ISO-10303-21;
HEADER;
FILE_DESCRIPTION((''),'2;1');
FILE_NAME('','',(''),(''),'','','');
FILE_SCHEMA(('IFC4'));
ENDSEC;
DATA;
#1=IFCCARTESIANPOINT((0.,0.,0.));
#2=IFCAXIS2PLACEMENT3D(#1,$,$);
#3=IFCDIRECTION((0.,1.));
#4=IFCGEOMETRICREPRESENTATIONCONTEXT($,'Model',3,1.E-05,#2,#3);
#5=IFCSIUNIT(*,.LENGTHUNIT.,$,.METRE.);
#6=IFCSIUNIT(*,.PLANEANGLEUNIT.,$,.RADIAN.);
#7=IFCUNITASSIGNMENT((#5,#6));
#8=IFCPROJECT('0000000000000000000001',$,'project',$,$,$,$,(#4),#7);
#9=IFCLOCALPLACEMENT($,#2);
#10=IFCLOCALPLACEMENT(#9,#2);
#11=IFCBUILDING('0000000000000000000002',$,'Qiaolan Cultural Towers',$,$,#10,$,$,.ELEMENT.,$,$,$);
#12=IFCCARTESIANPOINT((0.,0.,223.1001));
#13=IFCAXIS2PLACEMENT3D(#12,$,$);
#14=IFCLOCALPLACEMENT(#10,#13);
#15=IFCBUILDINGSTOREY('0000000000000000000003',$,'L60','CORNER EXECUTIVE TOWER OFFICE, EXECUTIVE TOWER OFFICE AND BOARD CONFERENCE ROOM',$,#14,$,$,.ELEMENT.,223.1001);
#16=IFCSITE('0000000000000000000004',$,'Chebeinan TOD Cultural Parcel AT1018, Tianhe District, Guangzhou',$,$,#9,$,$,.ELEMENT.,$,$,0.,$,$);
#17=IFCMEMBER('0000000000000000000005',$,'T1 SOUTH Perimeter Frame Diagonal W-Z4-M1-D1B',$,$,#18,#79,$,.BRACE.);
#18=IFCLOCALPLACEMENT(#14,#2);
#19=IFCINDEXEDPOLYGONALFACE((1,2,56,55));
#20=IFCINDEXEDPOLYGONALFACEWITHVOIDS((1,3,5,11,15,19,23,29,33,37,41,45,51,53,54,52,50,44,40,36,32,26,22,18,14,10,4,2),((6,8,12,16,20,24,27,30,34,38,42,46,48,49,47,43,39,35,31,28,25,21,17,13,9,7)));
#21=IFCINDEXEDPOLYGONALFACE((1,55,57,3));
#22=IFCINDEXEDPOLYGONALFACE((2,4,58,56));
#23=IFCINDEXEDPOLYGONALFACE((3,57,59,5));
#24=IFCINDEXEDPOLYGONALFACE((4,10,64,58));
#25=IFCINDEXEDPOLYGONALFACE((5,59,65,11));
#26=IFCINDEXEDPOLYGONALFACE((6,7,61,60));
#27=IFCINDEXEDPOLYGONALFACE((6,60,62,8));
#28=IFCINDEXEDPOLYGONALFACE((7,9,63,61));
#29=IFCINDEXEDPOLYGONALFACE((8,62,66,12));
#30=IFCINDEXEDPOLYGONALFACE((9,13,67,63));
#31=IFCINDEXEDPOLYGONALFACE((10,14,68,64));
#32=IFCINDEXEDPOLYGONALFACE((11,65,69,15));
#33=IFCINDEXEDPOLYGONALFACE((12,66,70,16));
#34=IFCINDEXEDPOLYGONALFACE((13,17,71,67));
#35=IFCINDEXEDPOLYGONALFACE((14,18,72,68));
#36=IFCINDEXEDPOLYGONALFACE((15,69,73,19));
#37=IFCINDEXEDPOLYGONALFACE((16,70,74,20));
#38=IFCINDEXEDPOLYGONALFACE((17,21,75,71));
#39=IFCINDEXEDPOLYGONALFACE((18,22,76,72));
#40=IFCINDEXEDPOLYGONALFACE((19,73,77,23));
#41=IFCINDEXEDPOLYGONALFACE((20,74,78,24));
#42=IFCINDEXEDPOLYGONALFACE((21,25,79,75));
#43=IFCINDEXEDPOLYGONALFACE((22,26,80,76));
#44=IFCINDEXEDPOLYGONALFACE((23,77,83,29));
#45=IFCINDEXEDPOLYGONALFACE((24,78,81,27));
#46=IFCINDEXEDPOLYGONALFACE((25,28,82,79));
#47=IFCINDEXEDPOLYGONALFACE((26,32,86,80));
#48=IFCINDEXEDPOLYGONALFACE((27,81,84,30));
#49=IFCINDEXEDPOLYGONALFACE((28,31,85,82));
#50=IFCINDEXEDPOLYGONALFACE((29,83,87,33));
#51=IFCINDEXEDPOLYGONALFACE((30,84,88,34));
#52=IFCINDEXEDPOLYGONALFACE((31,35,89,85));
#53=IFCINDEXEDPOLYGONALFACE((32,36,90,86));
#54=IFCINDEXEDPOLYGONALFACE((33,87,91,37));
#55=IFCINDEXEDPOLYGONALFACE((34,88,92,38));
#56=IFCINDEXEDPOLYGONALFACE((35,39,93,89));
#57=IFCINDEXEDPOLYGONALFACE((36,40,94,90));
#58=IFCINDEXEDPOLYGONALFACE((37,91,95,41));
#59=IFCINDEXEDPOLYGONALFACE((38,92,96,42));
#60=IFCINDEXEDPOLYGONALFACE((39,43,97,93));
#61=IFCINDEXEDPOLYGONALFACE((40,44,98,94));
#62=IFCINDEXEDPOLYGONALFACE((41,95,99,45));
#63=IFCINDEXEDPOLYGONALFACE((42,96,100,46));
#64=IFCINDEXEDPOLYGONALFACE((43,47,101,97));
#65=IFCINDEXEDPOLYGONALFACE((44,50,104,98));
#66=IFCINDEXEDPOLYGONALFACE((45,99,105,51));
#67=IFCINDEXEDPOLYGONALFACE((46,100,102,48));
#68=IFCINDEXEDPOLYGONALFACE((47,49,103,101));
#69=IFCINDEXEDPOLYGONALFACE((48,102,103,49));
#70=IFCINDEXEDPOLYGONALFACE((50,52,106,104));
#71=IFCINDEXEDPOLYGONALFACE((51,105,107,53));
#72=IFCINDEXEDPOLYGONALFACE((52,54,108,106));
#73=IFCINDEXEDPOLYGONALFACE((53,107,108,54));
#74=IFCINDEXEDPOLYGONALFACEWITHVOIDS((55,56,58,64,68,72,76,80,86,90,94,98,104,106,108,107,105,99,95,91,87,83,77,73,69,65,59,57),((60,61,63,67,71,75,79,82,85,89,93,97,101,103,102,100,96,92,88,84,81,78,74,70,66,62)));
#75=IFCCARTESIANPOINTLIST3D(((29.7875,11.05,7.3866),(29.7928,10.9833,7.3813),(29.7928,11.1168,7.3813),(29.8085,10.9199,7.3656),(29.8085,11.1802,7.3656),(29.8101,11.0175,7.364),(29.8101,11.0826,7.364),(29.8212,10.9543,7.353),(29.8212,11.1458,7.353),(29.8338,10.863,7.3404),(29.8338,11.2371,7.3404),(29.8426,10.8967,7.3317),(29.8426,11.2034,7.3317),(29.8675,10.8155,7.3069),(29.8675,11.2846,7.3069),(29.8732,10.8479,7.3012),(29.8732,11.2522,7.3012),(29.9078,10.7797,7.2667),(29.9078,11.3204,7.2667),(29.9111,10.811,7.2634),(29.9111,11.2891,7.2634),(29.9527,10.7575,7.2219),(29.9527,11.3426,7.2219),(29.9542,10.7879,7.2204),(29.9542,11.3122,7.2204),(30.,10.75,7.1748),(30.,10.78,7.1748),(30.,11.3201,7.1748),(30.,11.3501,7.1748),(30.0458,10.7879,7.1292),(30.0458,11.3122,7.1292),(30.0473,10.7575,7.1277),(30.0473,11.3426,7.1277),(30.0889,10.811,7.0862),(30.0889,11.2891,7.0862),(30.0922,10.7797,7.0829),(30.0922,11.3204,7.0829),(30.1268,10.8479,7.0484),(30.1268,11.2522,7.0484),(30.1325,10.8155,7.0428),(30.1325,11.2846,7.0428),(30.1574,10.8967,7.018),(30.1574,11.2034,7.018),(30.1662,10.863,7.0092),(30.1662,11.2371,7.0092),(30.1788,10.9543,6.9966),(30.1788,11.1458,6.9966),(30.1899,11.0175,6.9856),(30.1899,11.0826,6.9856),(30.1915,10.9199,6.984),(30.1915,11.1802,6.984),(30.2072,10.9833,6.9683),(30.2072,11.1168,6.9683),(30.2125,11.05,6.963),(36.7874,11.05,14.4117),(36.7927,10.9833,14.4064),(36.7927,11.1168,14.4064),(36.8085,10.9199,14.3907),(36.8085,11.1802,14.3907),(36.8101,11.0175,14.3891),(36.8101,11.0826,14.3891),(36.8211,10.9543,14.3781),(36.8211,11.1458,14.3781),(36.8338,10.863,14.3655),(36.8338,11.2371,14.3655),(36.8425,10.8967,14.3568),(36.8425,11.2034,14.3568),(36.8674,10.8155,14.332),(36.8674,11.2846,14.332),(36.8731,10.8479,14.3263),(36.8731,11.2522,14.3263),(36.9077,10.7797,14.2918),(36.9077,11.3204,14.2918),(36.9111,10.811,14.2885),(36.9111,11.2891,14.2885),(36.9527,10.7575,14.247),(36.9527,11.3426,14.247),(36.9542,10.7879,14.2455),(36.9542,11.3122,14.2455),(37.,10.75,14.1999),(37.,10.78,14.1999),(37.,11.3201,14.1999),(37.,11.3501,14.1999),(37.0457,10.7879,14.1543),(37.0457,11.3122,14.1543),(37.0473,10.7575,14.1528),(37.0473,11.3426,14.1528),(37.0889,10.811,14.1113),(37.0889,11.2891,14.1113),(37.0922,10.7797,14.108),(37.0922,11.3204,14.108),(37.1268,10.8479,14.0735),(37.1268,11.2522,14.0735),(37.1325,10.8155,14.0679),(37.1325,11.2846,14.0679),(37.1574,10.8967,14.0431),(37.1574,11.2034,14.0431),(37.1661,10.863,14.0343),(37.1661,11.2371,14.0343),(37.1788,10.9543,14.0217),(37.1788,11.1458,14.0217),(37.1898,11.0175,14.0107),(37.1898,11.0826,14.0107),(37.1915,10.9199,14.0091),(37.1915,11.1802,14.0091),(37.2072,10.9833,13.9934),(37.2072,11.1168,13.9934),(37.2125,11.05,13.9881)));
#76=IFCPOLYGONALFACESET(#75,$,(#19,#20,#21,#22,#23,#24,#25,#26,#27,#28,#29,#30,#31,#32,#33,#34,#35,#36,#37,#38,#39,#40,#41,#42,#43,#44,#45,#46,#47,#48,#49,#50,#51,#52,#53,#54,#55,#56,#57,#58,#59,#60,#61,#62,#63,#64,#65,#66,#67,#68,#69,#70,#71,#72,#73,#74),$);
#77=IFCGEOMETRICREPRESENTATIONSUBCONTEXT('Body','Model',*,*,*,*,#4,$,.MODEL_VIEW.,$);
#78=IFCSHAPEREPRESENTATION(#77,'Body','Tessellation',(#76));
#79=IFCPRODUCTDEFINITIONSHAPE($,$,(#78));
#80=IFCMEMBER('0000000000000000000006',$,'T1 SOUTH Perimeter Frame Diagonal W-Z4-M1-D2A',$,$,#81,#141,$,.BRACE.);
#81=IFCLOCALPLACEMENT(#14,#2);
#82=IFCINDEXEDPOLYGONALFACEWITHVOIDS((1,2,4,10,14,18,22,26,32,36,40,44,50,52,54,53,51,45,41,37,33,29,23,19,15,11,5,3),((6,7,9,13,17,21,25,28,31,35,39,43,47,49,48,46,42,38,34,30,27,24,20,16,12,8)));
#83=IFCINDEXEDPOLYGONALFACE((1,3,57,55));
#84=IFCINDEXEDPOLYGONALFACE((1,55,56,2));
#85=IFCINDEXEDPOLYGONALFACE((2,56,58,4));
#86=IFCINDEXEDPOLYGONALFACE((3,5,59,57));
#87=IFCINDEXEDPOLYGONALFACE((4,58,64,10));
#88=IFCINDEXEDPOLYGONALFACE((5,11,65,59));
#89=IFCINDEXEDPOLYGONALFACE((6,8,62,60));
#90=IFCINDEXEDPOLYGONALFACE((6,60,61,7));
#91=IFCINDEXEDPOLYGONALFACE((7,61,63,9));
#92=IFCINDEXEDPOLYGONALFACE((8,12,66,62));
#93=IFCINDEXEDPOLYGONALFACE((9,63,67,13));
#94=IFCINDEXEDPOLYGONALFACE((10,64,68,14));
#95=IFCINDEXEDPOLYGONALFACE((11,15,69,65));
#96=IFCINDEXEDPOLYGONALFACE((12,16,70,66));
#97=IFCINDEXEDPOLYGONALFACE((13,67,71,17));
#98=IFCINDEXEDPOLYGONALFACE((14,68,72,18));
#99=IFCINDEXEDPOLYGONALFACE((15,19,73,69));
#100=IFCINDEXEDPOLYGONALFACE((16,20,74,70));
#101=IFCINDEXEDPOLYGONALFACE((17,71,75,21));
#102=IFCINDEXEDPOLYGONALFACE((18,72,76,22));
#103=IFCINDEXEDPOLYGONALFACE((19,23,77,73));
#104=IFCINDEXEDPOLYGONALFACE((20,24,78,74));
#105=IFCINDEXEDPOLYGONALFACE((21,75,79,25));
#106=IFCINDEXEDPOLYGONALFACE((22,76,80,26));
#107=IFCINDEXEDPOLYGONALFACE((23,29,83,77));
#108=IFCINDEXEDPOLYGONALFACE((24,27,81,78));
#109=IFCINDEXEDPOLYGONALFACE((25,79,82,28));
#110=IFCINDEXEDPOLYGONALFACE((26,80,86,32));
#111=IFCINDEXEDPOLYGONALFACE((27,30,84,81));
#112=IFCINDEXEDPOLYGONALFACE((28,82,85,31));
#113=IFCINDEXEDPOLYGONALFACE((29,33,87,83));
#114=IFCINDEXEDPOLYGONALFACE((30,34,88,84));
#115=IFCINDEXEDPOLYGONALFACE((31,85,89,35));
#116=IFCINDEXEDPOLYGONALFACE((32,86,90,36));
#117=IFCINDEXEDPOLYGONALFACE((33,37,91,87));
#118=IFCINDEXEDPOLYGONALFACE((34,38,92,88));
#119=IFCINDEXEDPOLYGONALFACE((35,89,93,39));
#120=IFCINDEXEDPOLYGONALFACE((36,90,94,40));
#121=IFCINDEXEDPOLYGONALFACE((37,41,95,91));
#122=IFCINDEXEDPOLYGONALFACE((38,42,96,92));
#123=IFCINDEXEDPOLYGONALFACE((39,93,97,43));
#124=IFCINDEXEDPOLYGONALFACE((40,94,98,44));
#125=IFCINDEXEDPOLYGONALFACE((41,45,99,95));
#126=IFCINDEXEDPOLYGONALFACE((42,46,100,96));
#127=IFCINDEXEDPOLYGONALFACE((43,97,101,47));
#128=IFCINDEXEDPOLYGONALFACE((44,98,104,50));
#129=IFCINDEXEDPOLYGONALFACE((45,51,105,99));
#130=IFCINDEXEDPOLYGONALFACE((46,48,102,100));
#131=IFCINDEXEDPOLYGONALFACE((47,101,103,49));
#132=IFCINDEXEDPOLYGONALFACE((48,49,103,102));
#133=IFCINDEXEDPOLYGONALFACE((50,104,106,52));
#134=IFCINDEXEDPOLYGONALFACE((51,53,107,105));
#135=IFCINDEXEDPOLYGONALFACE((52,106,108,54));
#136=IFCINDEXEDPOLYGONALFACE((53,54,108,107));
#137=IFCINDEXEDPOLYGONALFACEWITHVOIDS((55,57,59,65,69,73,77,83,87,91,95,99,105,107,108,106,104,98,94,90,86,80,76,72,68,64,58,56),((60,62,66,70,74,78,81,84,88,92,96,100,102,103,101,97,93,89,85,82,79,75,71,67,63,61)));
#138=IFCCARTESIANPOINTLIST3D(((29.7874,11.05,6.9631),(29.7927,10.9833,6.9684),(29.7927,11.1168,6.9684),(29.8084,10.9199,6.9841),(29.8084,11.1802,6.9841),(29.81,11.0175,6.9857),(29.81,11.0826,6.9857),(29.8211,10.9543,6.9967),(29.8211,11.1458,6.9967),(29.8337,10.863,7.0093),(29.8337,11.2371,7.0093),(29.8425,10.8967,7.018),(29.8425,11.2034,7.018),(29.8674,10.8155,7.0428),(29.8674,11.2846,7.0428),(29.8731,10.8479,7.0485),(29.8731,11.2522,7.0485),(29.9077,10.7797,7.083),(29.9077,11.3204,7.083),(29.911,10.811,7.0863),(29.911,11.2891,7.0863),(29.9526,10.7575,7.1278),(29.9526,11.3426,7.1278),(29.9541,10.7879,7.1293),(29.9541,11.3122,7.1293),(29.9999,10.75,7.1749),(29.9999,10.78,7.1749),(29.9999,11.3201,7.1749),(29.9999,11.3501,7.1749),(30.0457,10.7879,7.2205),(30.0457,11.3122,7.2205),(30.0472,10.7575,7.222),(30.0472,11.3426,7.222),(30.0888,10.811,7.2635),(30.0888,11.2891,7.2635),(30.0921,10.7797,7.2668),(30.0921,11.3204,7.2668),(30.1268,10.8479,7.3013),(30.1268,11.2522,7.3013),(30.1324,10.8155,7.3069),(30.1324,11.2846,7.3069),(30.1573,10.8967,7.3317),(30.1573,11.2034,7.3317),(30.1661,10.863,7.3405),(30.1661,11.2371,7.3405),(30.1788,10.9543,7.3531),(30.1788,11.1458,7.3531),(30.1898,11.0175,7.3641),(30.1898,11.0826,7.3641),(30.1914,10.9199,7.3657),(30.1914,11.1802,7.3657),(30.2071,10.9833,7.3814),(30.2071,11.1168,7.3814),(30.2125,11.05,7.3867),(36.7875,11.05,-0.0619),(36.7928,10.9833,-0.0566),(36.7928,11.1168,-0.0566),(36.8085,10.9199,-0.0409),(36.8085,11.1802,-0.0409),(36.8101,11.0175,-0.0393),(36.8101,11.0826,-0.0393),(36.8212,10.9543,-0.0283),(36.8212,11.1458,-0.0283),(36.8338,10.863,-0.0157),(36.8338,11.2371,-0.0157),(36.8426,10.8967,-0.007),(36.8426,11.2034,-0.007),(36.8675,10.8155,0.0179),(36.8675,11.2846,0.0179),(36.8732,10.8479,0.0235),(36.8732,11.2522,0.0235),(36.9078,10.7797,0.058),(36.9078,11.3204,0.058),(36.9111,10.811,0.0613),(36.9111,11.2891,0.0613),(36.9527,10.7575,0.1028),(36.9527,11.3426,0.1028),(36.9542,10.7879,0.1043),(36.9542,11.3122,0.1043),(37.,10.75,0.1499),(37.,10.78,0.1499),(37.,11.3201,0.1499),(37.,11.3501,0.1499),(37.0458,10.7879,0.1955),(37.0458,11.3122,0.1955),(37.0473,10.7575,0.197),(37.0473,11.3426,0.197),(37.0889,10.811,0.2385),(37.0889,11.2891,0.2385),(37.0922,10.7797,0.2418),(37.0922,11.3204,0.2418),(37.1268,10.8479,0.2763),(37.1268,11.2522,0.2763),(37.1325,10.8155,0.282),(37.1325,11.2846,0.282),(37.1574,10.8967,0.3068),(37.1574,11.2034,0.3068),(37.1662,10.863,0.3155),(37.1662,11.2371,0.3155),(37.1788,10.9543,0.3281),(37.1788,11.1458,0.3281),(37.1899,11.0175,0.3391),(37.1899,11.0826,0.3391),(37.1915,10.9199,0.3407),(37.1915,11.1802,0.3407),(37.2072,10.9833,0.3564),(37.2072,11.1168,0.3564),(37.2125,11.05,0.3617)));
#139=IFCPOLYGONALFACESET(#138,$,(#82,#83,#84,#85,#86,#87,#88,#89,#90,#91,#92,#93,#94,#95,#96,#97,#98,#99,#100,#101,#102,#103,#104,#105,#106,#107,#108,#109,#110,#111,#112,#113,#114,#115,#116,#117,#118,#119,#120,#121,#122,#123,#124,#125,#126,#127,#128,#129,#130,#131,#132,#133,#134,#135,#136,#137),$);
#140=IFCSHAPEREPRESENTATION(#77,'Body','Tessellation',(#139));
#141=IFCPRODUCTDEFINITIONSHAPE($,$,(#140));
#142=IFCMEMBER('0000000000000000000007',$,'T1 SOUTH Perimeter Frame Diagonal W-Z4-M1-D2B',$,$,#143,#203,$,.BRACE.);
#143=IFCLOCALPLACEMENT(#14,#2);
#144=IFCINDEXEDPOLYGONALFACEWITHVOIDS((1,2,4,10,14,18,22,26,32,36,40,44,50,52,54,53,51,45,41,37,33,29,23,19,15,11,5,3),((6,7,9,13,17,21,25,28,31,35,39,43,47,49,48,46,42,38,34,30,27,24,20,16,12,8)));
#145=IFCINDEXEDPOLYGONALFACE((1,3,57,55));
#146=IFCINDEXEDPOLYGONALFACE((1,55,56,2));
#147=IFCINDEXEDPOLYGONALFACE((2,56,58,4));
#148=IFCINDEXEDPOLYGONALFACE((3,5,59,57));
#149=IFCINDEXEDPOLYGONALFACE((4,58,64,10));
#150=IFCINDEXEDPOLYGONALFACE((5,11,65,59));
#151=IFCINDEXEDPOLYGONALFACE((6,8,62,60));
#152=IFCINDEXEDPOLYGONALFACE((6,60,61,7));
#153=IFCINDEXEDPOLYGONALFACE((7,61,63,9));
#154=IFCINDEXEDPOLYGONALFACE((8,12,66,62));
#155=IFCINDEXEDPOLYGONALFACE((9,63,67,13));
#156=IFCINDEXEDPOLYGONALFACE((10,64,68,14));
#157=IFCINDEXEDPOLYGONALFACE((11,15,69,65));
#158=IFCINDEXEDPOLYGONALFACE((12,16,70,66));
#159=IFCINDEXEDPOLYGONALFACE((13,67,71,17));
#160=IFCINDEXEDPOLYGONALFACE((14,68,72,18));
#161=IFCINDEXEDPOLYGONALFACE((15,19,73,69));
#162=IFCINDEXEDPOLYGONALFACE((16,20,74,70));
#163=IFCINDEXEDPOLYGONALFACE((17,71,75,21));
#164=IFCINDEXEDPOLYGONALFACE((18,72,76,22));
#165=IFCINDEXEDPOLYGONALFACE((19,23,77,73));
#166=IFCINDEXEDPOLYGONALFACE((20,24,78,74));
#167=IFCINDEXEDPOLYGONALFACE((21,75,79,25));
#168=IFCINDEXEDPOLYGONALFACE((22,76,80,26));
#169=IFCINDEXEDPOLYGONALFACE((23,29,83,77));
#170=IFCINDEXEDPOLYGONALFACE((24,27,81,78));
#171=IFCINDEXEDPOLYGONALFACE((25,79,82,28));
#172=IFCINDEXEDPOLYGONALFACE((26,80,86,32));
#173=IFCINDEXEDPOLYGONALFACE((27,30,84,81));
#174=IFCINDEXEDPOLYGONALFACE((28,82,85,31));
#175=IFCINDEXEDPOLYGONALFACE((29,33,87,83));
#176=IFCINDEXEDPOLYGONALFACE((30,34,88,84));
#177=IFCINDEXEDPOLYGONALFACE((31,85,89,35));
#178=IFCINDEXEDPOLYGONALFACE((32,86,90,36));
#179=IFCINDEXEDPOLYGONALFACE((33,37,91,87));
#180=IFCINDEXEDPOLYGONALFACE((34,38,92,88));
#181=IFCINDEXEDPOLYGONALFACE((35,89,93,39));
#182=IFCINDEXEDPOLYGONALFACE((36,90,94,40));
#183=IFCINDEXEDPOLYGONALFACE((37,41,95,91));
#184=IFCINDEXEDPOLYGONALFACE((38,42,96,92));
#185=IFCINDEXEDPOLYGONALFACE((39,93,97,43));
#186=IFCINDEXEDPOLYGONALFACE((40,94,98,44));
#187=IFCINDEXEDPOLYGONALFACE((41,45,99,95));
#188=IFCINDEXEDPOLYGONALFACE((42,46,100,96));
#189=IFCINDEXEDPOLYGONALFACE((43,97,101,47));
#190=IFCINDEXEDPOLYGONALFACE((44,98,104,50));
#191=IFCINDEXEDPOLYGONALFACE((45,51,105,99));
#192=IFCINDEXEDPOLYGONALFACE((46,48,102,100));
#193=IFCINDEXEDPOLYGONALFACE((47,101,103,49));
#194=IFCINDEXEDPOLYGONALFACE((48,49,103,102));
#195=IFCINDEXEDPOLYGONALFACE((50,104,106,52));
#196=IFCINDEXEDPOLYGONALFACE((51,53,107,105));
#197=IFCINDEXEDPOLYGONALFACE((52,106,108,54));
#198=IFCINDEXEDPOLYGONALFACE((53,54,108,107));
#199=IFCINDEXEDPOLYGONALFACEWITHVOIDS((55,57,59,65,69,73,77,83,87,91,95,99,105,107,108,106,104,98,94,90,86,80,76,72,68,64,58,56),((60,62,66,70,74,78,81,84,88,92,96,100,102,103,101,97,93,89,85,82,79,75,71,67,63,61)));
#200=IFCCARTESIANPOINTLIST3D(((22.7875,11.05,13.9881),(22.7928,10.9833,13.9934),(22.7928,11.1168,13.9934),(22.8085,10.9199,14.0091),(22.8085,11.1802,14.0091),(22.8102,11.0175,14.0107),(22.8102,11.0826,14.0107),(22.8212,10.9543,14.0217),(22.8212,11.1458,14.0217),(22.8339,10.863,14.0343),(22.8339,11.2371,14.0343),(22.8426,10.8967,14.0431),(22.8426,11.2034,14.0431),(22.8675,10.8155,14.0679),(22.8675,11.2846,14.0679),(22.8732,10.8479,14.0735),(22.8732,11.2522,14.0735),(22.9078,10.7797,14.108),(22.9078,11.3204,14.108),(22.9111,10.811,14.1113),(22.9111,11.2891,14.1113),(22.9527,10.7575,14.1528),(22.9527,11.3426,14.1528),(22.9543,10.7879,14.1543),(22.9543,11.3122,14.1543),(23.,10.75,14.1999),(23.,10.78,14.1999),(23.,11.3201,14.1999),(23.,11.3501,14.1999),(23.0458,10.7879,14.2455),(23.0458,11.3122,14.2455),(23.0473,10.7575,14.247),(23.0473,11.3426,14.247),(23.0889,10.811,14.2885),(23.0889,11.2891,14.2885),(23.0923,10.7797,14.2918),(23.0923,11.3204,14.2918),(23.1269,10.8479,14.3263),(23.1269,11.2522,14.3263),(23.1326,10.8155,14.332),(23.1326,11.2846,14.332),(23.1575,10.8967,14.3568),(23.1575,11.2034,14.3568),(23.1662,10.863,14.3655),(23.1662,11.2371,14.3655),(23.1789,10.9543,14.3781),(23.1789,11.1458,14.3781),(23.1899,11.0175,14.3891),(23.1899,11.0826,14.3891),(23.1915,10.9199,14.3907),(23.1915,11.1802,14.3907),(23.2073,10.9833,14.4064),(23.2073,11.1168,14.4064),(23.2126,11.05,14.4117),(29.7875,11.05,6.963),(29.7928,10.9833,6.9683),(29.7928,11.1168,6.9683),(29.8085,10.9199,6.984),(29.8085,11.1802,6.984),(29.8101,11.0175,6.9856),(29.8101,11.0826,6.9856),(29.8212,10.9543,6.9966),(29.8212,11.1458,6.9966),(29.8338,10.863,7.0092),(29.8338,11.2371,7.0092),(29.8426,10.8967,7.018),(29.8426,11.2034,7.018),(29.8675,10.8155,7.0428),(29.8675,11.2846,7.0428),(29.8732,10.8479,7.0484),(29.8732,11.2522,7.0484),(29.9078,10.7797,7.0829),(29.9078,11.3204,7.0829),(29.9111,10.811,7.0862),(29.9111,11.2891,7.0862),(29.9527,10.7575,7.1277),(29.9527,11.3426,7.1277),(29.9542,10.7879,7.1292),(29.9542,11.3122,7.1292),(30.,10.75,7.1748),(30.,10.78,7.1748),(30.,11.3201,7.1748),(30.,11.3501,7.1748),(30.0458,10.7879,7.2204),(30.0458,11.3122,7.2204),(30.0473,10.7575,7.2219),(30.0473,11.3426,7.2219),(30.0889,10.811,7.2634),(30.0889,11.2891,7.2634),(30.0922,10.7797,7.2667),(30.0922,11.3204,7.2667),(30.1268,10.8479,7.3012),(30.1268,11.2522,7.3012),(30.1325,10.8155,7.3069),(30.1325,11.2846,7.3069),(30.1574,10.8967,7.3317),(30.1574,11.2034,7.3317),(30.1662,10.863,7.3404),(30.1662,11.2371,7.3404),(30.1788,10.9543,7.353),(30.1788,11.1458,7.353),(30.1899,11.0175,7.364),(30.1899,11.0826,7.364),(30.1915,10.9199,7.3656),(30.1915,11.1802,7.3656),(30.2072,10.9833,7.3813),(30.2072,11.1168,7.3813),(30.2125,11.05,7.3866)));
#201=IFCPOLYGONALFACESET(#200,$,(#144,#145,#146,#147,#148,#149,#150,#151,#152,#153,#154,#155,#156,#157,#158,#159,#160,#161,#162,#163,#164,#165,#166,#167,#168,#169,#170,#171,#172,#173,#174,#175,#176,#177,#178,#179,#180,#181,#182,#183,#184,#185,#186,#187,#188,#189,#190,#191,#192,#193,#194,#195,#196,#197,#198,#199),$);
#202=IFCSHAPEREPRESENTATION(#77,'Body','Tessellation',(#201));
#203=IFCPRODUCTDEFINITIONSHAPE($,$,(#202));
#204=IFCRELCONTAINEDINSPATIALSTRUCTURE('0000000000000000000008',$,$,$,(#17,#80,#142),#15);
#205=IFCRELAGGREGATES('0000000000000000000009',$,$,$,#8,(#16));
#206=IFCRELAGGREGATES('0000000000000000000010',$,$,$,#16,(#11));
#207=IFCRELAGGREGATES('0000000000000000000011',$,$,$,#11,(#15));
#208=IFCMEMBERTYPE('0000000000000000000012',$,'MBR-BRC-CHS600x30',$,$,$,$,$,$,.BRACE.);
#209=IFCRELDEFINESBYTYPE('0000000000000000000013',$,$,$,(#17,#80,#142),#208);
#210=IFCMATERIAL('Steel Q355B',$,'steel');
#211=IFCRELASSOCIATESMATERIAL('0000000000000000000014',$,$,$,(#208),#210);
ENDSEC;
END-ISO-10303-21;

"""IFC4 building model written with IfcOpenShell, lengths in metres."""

from ifc_helpers import new_model, si_unit, direction, frame, origin, origin_2d, place, context, subcontext, project, spatial, hollow_circle, extrude, material, material_profile, profile_set, type_object, element, save


model = new_model("IFC4")

# Units and contexts
model_context = context("Model", 3, precision=1e-05, world=origin(), true_north=direction((0.0, 1.0)))
body_context = subcontext(model_context, "Body", "Model", "MODEL_VIEW")
ifc_project = project(units=[si_unit("LENGTHUNIT", "METRE"), si_unit("PLANEANGLEUNIT", "RADIAN")], contexts=[model_context])

# Site, building, storey
site_placement = place(None, origin())
site = spatial("IfcSite", under=ifc_project, at=site_placement, Name="Chebeinan TOD Cultural Parcel AT1018, Tianhe District, Guangzhou", CompositionType="ELEMENT", RefElevation=0.0)
building_placement = place(site_placement, origin())
building = spatial("IfcBuilding", under=site, at=building_placement, Name="Qiaolan Cultural Towers", CompositionType="ELEMENT")
storey_placement = place(building_placement, frame((0.0, 0.0, 223.1001)))
storey = spatial("IfcBuildingStorey", under=building, at=storey_placement, Name="L60", Description="CORNER EXECUTIVE TOWER OFFICE, EXECUTIVE TOWER OFFICE AND BOARD CONFERENCE ROOM", CompositionType="ELEMENT", Elevation=223.1001)

# Members
ifc_material_1 = material(Name="Steel Q355B", Category="steel")
ifc_material_profile_1 = material_profile(ifc_material_1, hollow_circle(Radius=0.3, WallThickness=0.03, at=origin_2d()), Name="CHS600x30")
ifc_profile_set_1 = profile_set([ifc_material_profile_1], Name="Steel Q355B")
member_type = type_object("IfcMemberType", Name="MBR-BRC-CHS600x30", PredefinedType="BRACE", material=ifc_profile_set_1)
for number, where, z_axis, x_axis, name in (
    (1, (30.0, 11.05, 7.1748), (0.705838, 0.0, 0.708373), (0.0, 1.0, 0.0), "T1 SOUTH Perimeter Frame Diagonal W-Z4-M1-D1B"),
    (2, (37.0, 11.05, 0.1499), (-0.70585, 0.0, 0.708361), (0.0, -1.0, 0.0), "T1 SOUTH Perimeter Frame Diagonal W-Z4-M1-D2A"),
    (3, (30.0, 11.05, 7.1748), (-0.705838, 0.0, 0.708373), (0.0, -1.0, 0.0), "T1 SOUTH Perimeter Frame Diagonal W-Z4-M1-D2B"),
):
    element("IfcMember", number, at=place(storey_placement, frame(where, z_axis=z_axis, x_axis=x_axis)), inside=storey, type_object=member_type, Name=name, PredefinedType="BRACE", context=body_context, shape_type="SweptSolid", body=[
        extrude(hollow_circle(Radius=0.3, WallThickness=0.03, at=origin_2d()), origin(), (0.0, 0.0, 1.0), 9.9172),
    ])

save(model, "model.ifc")
